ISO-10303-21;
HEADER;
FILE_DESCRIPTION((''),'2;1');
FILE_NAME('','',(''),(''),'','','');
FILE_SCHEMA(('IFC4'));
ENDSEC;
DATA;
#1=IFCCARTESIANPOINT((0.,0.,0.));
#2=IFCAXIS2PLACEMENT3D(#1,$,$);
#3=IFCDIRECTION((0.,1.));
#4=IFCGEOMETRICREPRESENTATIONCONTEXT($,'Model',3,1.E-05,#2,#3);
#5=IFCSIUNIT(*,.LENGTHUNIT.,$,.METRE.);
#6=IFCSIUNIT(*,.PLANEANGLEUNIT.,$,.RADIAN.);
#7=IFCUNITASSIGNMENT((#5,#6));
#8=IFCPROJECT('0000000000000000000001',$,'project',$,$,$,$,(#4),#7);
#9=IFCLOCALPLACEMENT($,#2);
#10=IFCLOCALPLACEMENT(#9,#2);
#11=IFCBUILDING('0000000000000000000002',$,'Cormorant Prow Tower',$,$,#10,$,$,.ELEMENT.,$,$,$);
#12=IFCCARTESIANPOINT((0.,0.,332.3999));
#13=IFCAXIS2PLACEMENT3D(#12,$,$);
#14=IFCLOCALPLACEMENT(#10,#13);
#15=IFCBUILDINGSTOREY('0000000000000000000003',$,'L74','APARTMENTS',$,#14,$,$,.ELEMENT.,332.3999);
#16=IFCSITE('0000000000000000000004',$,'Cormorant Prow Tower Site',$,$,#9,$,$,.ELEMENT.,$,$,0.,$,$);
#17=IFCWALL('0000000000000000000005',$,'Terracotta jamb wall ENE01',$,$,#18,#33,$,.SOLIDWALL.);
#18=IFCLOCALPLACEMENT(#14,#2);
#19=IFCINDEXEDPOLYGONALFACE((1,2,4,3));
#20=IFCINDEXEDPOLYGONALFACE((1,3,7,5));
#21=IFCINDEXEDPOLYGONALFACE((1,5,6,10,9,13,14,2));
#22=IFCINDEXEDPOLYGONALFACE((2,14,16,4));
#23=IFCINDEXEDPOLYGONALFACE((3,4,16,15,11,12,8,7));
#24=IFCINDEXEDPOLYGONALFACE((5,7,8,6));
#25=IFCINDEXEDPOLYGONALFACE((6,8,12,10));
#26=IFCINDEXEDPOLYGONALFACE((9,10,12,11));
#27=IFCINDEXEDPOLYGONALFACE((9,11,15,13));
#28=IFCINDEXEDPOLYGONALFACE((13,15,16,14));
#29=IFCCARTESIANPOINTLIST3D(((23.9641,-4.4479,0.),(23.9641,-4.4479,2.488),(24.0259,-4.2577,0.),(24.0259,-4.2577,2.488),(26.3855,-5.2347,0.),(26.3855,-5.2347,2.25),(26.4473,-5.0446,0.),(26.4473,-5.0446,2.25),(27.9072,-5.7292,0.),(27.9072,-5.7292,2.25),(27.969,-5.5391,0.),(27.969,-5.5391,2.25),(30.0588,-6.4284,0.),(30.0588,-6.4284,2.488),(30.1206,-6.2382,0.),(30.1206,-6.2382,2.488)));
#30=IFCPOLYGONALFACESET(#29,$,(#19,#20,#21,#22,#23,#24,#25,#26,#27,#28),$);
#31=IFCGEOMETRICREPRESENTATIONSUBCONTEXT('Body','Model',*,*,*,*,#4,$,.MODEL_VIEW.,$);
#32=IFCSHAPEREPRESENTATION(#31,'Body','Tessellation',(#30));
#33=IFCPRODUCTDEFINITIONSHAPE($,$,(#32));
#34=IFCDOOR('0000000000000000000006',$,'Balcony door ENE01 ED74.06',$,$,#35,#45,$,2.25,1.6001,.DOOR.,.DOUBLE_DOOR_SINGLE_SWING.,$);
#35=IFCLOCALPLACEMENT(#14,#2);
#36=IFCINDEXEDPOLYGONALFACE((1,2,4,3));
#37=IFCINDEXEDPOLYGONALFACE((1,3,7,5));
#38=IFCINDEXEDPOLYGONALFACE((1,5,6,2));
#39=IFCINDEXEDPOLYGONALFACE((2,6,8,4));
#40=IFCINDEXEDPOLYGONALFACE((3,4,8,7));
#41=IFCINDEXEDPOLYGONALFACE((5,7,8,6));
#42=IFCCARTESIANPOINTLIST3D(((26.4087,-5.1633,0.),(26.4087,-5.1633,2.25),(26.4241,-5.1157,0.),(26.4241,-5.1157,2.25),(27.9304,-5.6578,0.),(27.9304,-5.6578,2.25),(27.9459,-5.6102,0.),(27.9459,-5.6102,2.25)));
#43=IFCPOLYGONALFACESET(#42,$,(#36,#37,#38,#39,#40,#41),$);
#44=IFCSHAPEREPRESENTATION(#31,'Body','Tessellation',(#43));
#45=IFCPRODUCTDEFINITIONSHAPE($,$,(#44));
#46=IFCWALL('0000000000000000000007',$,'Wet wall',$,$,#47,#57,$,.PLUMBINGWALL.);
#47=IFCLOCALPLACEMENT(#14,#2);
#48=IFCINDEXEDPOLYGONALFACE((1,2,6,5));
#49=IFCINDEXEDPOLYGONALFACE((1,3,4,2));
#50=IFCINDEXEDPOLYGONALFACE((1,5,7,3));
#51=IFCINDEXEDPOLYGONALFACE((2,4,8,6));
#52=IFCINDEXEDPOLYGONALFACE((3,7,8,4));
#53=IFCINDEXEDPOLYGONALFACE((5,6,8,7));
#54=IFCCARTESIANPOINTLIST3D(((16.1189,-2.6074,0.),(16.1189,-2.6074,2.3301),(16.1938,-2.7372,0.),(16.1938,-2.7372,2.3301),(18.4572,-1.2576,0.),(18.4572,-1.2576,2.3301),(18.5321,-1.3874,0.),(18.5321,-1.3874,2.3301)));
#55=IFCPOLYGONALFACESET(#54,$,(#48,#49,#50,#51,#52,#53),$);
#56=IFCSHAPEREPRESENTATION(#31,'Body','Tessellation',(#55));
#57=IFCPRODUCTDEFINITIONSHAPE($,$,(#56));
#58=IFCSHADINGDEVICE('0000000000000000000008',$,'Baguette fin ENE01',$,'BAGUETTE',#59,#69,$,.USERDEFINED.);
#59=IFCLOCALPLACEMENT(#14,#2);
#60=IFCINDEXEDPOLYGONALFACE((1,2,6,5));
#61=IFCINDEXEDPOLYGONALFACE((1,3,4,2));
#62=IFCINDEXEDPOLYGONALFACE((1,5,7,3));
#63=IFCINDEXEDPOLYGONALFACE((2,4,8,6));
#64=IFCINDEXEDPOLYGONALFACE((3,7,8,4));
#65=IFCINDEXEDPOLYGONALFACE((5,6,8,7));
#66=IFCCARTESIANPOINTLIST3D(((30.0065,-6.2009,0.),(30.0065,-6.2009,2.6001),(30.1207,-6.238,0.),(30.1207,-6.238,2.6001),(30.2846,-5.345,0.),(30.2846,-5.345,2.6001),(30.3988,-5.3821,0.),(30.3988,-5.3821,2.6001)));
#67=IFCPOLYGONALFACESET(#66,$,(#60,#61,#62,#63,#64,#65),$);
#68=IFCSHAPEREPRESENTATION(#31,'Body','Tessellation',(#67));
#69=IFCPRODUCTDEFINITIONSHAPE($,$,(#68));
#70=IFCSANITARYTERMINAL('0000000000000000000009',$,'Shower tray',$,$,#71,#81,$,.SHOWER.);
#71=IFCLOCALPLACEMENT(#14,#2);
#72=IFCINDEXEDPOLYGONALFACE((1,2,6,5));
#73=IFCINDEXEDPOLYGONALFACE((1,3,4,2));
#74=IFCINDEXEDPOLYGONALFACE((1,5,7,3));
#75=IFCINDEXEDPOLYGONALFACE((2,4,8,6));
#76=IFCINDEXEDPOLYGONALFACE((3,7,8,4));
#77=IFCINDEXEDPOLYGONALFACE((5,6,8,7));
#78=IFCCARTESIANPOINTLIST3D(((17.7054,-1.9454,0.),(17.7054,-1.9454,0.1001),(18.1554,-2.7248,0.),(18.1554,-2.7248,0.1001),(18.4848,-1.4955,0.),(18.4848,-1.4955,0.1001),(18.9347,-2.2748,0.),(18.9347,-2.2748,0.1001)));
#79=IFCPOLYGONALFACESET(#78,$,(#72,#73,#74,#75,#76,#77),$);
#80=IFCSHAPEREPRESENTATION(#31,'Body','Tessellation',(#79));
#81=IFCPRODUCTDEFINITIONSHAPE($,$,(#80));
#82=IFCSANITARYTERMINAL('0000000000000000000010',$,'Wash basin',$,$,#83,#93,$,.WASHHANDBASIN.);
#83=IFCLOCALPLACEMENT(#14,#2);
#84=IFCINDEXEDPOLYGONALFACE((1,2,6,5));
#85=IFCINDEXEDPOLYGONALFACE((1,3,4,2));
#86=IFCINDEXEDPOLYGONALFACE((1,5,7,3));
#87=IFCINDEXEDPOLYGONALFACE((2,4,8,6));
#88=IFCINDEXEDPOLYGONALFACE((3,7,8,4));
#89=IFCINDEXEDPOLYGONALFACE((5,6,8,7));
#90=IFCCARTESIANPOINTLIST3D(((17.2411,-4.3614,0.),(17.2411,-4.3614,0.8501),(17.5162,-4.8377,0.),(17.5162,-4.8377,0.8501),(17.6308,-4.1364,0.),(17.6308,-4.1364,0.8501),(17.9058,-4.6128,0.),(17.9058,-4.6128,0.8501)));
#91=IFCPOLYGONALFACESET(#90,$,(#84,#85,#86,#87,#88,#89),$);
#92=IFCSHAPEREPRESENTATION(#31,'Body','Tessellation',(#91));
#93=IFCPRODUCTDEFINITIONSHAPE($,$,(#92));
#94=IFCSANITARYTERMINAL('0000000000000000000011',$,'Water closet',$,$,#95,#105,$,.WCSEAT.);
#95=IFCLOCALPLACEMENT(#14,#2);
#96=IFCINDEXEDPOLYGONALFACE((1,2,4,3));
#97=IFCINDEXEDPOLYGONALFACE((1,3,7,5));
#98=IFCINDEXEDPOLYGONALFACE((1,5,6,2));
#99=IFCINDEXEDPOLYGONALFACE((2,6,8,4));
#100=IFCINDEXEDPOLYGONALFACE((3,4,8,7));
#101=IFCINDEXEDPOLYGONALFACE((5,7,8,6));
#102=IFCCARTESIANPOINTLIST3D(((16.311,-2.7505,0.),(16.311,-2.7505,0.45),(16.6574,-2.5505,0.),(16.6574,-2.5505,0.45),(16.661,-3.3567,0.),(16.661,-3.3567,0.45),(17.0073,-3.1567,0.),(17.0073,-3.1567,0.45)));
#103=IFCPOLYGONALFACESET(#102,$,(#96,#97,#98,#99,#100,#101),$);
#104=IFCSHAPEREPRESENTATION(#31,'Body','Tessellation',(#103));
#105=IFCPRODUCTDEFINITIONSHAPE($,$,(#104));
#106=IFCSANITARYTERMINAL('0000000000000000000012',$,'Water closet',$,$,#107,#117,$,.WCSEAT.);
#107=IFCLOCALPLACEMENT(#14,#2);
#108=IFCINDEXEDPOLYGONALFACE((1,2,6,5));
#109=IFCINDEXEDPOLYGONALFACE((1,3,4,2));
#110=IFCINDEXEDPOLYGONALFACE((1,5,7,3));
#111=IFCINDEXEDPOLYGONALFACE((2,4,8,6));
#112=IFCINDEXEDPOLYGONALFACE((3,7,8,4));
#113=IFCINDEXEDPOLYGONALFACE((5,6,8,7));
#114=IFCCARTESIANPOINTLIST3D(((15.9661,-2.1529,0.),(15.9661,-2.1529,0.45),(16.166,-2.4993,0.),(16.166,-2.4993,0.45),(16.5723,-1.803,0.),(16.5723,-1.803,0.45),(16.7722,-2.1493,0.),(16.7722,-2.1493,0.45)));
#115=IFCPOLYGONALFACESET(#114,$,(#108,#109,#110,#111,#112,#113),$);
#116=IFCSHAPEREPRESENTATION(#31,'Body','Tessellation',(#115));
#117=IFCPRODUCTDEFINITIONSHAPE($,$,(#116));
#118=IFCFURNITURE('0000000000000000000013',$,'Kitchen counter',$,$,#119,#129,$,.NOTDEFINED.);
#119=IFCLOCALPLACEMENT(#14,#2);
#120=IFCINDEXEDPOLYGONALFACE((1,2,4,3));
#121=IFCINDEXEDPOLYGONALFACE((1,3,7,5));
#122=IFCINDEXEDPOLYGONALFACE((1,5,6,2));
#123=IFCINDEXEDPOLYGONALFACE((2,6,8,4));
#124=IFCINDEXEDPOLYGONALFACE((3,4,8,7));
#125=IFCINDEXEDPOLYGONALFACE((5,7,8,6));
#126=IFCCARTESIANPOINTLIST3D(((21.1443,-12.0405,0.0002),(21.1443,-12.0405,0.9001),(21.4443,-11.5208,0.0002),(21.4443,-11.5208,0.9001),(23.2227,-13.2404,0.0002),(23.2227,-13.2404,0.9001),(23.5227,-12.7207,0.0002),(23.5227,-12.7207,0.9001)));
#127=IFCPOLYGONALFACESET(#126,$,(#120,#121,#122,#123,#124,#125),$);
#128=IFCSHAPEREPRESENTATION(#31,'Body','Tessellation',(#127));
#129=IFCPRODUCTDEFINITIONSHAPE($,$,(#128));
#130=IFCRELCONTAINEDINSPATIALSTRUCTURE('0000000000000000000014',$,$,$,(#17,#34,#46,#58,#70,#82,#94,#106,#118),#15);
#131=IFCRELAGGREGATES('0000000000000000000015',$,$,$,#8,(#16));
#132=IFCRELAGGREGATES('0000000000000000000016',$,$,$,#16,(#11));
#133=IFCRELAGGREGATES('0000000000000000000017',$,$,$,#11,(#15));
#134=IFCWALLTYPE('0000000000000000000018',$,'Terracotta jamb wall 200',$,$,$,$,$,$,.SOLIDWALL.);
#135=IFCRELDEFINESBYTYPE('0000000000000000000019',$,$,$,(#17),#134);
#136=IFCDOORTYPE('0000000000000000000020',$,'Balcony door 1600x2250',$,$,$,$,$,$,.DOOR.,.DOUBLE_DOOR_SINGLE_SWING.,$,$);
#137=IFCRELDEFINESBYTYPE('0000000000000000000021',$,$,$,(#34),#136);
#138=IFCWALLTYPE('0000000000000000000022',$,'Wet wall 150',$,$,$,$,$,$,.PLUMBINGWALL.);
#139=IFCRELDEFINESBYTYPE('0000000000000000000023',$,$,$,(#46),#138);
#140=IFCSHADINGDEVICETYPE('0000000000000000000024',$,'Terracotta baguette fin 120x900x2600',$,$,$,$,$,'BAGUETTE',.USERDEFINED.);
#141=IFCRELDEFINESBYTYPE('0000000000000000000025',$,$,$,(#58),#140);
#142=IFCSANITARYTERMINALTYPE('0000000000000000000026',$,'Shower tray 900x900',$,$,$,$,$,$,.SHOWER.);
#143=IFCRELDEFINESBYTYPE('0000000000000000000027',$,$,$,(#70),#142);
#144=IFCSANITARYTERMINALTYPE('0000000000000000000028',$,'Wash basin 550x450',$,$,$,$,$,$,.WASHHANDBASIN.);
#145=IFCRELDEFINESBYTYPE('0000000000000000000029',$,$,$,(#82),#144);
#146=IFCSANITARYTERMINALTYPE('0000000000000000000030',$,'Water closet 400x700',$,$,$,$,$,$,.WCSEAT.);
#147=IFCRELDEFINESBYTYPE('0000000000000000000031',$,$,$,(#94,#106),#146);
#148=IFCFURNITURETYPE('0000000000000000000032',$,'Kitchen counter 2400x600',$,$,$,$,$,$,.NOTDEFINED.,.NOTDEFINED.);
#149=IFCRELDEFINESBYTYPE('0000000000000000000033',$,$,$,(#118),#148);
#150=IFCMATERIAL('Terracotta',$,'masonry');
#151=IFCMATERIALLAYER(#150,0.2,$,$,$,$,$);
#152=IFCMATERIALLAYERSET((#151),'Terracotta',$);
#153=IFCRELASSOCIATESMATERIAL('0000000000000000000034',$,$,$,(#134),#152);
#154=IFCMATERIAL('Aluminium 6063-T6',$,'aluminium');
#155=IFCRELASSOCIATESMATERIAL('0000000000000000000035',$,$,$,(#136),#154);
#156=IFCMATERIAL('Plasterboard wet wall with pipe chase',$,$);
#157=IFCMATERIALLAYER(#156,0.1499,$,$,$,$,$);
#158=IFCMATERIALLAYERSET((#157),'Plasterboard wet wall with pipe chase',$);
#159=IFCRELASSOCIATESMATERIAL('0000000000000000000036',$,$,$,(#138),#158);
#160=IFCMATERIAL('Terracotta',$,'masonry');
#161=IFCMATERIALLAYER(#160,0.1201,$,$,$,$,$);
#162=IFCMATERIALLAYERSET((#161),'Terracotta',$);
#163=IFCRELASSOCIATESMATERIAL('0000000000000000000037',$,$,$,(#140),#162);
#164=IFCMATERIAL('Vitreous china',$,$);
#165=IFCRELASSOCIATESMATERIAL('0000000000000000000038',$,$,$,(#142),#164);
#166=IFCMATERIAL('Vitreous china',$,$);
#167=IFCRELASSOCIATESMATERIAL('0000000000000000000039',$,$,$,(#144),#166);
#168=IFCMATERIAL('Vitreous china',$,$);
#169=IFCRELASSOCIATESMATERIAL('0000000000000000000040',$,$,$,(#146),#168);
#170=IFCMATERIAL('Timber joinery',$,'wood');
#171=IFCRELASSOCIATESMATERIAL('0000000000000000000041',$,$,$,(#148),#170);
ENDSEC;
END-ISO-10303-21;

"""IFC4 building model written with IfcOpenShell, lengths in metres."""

from ifc_helpers import new_model, si_unit, direction, frame, frame_2d, origin, origin_2d, place, context, subcontext, project, spatial, rectangle, extrude, material, layer, layer_set, type_object, element, fill, save


model = new_model("IFC4")

# Units and contexts
model_context = context("Model", 3, precision=1e-05, world=origin(), true_north=direction((0.0, 1.0)))
body_context = subcontext(model_context, "Body", "Model", "MODEL_VIEW")
ifc_project = project(units=[si_unit("LENGTHUNIT", "METRE"), si_unit("PLANEANGLEUNIT", "RADIAN")], contexts=[model_context])

# Site, building, storey
site_placement = place(None, origin())
site = spatial("IfcSite", under=ifc_project, at=site_placement, Name="Cormorant Prow Tower Site", CompositionType="ELEMENT", RefElevation=0.0)
building_placement = place(site_placement, origin())
building = spatial("IfcBuilding", under=site, at=building_placement, Name="Cormorant Prow Tower", CompositionType="ELEMENT")
storey_placement = place(building_placement, frame((0.0, 0.0, 332.3999)))
storey = spatial("IfcBuildingStorey", under=building, at=storey_placement, Name="L74", Description="APARTMENTS", CompositionType="ELEMENT", Elevation=332.3999)

# Wall, opening, door
ifc_material_1 = material(Name="Terracotta", Category="masonry")
ifc_layer_1 = layer(ifc_material_1, 0.2)
ifc_layer_set_1 = layer_set([ifc_layer_1], Name="Terracotta")
wall_type_1 = type_object("IfcWallType", Name="Terracotta jamb wall 200", PredefinedType="SOLIDWALL", material=ifc_layer_set_1)
wall_1_placement = place(storey_placement, frame((30.0896, -6.3333, 0.0), z_axis=(0.0, 0.0, 1.0), x_axis=(-0.951049, 0.309041, 0.0)))
wall_1 = element("IfcWall", 1, at=wall_1_placement, inside=storey, type_object=wall_type_1, Name="Terracotta jamb wall ENE01", PredefinedType="SOLIDWALL", context=body_context, shape_type="SweptSolid", body=[
    extrude(rectangle(XDim=6.4084, YDim=0.2, at=frame_2d((3.2041, 0.0))), origin(), (0.0, 0.0, 1.0), 2.488),
])
opening_1_placement = place(wall_1_placement, frame((2.2622, 0.0, 0.0)))
opening_1 = element("IfcOpeningElement", 2, at=opening_1_placement, cuts=wall_1, PredefinedType="OPENING", context=body_context, shape_type="SweptSolid", body=[
    extrude(rectangle(XDim=1.6001, YDim=2.25, at=frame_2d((0.8, 1.125))), frame((0.0, 0.1099, 0.0), z_axis=(0.0, -1.0, 0.0), x_axis=(1.0, 0.0, 0.0)), (0.0, 0.0, 1.0), 0.22),
])
ifc_material_2 = material(Name="Aluminium 6063-T6", Category="aluminium")
door_type_1 = type_object("IfcDoorType", Name="Balcony door 1600x2250", OperationType="DOUBLE_DOOR_SINGLE_SWING", PredefinedType="DOOR", material=ifc_material_2)
door_1_placement = place(opening_1_placement, origin())
door_1 = element("IfcDoor", 3, at=door_1_placement, inside=storey, type_object=door_type_1, Name="Balcony door ENE01 ED74.06", OperationType="DOUBLE_DOOR_SINGLE_SWING", OverallHeight=2.25, OverallWidth=1.6001, PredefinedType="DOOR", context=body_context, shape_type="SweptSolid", body=[
    extrude(rectangle(XDim=1.6001, YDim=2.25, at=frame_2d((0.8, 1.125))), frame((0.0, 0.0249, 0.0), z_axis=(0.0, -1.0, 0.0), x_axis=(1.0, 0.0, 0.0)), (0.0, 0.0, 1.0), 0.05),
])
fill(opening_1, door_1)

# Wall
ifc_material_3 = material(Name="Plasterboard wet wall with pipe chase")
ifc_layer_2 = layer(ifc_material_3, 0.1499)
ifc_layer_set_2 = layer_set([ifc_layer_2], Name="Plasterboard wet wall with pipe chase")
wall_type_2 = type_object("IfcWallType", Name="Wet wall 150", PredefinedType="PLUMBINGWALL", material=ifc_layer_set_2)
wall_2_placement = place(storey_placement, frame((16.1562, -2.6724, 0.0), z_axis=(0.0, 0.0, 1.0), x_axis=(0.866059, 0.499942, 0.0)))
element("IfcWall", 4, at=wall_2_placement, inside=storey, type_object=wall_type_2, Name="Wet wall", PredefinedType="PLUMBINGWALL", context=body_context, shape_type="SweptSolid", body=[
    extrude(rectangle(XDim=2.7, YDim=0.1499, at=frame_2d((1.3501, 0.0))), origin(), (0.0, 0.0, 1.0), 2.3301),
])

# Shading device
ifc_material_4 = material(Name="Terracotta", Category="masonry")
ifc_layer_3 = layer(ifc_material_4, 0.1201)
ifc_layer_set_3 = layer_set([ifc_layer_3], Name="Terracotta")
shading_device_type = type_object("IfcShadingDeviceType", Name="Terracotta baguette fin 120x900x2600", ElementType="BAGUETTE", PredefinedType="USERDEFINED", material=ifc_layer_set_3)
shading_device_placement = place(storey_placement, frame((30.2026, -5.7915, 0.0), z_axis=(0.0, 0.0, 1.0), x_axis=(-0.951057, 0.309017, 0.0)))
element("IfcShadingDevice", 5, at=shading_device_placement, inside=storey, type_object=shading_device_type, Name="Baguette fin ENE01", ObjectType="BAGUETTE", PredefinedType="USERDEFINED", context=body_context, shape_type="SweptSolid", body=[
    extrude(rectangle(XDim=0.1201, YDim=0.8999, at=origin_2d()), origin(), (0.0, 0.0, 1.0), 2.6001),
])

# Sanitary terminals
ifc_material_5 = material(Name="Vitreous china")
sanitary_terminal_type_1 = type_object("IfcSanitaryTerminalType", Name="Shower tray 900x900", PredefinedType="SHOWER", material=ifc_material_5)
sanitary_terminal_1_placement = place(storey_placement, frame((18.3201, -2.1101, 0.0), z_axis=(0.0, 0.0, 1.0), x_axis=(0.5, -0.866025, 0.0)))
element("IfcSanitaryTerminal", 6, at=sanitary_terminal_1_placement, inside=storey, type_object=sanitary_terminal_type_1, Name="Shower tray", PredefinedType="SHOWER", context=body_context, shape_type="SweptSolid", body=[
    extrude(rectangle(XDim=0.8999, YDim=0.8999, at=origin_2d()), origin(), (0.0, 0.0, 1.0), 0.1001),
])
ifc_material_6 = material(Name="Vitreous china")
sanitary_terminal_type_2 = type_object("IfcSanitaryTerminalType", Name="Wash basin 550x450", PredefinedType="WASHHANDBASIN", material=ifc_material_6)
sanitary_terminal_2_placement = place(storey_placement, frame((17.5735, -4.4871, 0.0), z_axis=(0.0, 0.0, 1.0), x_axis=(-0.5, 0.866025, 0.0)))
element("IfcSanitaryTerminal", 7, at=sanitary_terminal_2_placement, inside=storey, type_object=sanitary_terminal_type_2, Name="Wash basin", PredefinedType="WASHHANDBASIN", context=body_context, shape_type="SweptSolid", body=[
    extrude(rectangle(XDim=0.55, YDim=0.45, at=origin_2d()), origin(), (0.0, 0.0, 1.0), 0.8501),
])
ifc_material_7 = material(Name="Vitreous china")
sanitary_terminal_type_3 = type_object("IfcSanitaryTerminalType", Name="Water closet 400x700", PredefinedType="WCSEAT", material=ifc_material_7)
for number, where, z_axis, x_axis, name in (
    (8, (16.6592, -2.9536, 0.0), (0.0, 0.0, 1.0), (0.866025, 0.5, 0.0), "Water closet"),
    (9, (16.3691, -2.1511, 0.0), (0.0, 0.0, 1.0), (-0.5, 0.866025, 0.0), "Water closet"),
):
    element("IfcSanitaryTerminal", number, at=place(storey_placement, frame(where, z_axis=z_axis, x_axis=x_axis)), inside=storey, type_object=sanitary_terminal_type_3, Name=name, PredefinedType="WCSEAT", context=body_context, shape_type="SweptSolid", body=[
        extrude(rectangle(XDim=0.3999, YDim=0.7, at=origin_2d()), origin(), (0.0, 0.0, 1.0), 0.45),
    ])

# Furniture
ifc_material_8 = material(Name="Timber joinery", Category="wood")
furniture_type = type_object("IfcFurnitureType", Name="Kitchen counter 2400x600", AssemblyPlace="NOTDEFINED", PredefinedType="NOTDEFINED", material=ifc_material_8)
furniture_placement = place(storey_placement, frame((22.3335, -12.3806, 0.0002), z_axis=(0.0, 0.0, 1.0), x_axis=(-0.866025, 0.5, 0.0)))
element("IfcFurniture", 10, at=furniture_placement, inside=storey, type_object=furniture_type, Name="Kitchen counter", PredefinedType="NOTDEFINED", context=body_context, shape_type="SweptSolid", body=[
    extrude(rectangle(XDim=2.3999, YDim=0.6001, at=origin_2d()), origin(), (0.0, 0.0, 1.0), 0.8999),
])

save(model, "model.ifc")
